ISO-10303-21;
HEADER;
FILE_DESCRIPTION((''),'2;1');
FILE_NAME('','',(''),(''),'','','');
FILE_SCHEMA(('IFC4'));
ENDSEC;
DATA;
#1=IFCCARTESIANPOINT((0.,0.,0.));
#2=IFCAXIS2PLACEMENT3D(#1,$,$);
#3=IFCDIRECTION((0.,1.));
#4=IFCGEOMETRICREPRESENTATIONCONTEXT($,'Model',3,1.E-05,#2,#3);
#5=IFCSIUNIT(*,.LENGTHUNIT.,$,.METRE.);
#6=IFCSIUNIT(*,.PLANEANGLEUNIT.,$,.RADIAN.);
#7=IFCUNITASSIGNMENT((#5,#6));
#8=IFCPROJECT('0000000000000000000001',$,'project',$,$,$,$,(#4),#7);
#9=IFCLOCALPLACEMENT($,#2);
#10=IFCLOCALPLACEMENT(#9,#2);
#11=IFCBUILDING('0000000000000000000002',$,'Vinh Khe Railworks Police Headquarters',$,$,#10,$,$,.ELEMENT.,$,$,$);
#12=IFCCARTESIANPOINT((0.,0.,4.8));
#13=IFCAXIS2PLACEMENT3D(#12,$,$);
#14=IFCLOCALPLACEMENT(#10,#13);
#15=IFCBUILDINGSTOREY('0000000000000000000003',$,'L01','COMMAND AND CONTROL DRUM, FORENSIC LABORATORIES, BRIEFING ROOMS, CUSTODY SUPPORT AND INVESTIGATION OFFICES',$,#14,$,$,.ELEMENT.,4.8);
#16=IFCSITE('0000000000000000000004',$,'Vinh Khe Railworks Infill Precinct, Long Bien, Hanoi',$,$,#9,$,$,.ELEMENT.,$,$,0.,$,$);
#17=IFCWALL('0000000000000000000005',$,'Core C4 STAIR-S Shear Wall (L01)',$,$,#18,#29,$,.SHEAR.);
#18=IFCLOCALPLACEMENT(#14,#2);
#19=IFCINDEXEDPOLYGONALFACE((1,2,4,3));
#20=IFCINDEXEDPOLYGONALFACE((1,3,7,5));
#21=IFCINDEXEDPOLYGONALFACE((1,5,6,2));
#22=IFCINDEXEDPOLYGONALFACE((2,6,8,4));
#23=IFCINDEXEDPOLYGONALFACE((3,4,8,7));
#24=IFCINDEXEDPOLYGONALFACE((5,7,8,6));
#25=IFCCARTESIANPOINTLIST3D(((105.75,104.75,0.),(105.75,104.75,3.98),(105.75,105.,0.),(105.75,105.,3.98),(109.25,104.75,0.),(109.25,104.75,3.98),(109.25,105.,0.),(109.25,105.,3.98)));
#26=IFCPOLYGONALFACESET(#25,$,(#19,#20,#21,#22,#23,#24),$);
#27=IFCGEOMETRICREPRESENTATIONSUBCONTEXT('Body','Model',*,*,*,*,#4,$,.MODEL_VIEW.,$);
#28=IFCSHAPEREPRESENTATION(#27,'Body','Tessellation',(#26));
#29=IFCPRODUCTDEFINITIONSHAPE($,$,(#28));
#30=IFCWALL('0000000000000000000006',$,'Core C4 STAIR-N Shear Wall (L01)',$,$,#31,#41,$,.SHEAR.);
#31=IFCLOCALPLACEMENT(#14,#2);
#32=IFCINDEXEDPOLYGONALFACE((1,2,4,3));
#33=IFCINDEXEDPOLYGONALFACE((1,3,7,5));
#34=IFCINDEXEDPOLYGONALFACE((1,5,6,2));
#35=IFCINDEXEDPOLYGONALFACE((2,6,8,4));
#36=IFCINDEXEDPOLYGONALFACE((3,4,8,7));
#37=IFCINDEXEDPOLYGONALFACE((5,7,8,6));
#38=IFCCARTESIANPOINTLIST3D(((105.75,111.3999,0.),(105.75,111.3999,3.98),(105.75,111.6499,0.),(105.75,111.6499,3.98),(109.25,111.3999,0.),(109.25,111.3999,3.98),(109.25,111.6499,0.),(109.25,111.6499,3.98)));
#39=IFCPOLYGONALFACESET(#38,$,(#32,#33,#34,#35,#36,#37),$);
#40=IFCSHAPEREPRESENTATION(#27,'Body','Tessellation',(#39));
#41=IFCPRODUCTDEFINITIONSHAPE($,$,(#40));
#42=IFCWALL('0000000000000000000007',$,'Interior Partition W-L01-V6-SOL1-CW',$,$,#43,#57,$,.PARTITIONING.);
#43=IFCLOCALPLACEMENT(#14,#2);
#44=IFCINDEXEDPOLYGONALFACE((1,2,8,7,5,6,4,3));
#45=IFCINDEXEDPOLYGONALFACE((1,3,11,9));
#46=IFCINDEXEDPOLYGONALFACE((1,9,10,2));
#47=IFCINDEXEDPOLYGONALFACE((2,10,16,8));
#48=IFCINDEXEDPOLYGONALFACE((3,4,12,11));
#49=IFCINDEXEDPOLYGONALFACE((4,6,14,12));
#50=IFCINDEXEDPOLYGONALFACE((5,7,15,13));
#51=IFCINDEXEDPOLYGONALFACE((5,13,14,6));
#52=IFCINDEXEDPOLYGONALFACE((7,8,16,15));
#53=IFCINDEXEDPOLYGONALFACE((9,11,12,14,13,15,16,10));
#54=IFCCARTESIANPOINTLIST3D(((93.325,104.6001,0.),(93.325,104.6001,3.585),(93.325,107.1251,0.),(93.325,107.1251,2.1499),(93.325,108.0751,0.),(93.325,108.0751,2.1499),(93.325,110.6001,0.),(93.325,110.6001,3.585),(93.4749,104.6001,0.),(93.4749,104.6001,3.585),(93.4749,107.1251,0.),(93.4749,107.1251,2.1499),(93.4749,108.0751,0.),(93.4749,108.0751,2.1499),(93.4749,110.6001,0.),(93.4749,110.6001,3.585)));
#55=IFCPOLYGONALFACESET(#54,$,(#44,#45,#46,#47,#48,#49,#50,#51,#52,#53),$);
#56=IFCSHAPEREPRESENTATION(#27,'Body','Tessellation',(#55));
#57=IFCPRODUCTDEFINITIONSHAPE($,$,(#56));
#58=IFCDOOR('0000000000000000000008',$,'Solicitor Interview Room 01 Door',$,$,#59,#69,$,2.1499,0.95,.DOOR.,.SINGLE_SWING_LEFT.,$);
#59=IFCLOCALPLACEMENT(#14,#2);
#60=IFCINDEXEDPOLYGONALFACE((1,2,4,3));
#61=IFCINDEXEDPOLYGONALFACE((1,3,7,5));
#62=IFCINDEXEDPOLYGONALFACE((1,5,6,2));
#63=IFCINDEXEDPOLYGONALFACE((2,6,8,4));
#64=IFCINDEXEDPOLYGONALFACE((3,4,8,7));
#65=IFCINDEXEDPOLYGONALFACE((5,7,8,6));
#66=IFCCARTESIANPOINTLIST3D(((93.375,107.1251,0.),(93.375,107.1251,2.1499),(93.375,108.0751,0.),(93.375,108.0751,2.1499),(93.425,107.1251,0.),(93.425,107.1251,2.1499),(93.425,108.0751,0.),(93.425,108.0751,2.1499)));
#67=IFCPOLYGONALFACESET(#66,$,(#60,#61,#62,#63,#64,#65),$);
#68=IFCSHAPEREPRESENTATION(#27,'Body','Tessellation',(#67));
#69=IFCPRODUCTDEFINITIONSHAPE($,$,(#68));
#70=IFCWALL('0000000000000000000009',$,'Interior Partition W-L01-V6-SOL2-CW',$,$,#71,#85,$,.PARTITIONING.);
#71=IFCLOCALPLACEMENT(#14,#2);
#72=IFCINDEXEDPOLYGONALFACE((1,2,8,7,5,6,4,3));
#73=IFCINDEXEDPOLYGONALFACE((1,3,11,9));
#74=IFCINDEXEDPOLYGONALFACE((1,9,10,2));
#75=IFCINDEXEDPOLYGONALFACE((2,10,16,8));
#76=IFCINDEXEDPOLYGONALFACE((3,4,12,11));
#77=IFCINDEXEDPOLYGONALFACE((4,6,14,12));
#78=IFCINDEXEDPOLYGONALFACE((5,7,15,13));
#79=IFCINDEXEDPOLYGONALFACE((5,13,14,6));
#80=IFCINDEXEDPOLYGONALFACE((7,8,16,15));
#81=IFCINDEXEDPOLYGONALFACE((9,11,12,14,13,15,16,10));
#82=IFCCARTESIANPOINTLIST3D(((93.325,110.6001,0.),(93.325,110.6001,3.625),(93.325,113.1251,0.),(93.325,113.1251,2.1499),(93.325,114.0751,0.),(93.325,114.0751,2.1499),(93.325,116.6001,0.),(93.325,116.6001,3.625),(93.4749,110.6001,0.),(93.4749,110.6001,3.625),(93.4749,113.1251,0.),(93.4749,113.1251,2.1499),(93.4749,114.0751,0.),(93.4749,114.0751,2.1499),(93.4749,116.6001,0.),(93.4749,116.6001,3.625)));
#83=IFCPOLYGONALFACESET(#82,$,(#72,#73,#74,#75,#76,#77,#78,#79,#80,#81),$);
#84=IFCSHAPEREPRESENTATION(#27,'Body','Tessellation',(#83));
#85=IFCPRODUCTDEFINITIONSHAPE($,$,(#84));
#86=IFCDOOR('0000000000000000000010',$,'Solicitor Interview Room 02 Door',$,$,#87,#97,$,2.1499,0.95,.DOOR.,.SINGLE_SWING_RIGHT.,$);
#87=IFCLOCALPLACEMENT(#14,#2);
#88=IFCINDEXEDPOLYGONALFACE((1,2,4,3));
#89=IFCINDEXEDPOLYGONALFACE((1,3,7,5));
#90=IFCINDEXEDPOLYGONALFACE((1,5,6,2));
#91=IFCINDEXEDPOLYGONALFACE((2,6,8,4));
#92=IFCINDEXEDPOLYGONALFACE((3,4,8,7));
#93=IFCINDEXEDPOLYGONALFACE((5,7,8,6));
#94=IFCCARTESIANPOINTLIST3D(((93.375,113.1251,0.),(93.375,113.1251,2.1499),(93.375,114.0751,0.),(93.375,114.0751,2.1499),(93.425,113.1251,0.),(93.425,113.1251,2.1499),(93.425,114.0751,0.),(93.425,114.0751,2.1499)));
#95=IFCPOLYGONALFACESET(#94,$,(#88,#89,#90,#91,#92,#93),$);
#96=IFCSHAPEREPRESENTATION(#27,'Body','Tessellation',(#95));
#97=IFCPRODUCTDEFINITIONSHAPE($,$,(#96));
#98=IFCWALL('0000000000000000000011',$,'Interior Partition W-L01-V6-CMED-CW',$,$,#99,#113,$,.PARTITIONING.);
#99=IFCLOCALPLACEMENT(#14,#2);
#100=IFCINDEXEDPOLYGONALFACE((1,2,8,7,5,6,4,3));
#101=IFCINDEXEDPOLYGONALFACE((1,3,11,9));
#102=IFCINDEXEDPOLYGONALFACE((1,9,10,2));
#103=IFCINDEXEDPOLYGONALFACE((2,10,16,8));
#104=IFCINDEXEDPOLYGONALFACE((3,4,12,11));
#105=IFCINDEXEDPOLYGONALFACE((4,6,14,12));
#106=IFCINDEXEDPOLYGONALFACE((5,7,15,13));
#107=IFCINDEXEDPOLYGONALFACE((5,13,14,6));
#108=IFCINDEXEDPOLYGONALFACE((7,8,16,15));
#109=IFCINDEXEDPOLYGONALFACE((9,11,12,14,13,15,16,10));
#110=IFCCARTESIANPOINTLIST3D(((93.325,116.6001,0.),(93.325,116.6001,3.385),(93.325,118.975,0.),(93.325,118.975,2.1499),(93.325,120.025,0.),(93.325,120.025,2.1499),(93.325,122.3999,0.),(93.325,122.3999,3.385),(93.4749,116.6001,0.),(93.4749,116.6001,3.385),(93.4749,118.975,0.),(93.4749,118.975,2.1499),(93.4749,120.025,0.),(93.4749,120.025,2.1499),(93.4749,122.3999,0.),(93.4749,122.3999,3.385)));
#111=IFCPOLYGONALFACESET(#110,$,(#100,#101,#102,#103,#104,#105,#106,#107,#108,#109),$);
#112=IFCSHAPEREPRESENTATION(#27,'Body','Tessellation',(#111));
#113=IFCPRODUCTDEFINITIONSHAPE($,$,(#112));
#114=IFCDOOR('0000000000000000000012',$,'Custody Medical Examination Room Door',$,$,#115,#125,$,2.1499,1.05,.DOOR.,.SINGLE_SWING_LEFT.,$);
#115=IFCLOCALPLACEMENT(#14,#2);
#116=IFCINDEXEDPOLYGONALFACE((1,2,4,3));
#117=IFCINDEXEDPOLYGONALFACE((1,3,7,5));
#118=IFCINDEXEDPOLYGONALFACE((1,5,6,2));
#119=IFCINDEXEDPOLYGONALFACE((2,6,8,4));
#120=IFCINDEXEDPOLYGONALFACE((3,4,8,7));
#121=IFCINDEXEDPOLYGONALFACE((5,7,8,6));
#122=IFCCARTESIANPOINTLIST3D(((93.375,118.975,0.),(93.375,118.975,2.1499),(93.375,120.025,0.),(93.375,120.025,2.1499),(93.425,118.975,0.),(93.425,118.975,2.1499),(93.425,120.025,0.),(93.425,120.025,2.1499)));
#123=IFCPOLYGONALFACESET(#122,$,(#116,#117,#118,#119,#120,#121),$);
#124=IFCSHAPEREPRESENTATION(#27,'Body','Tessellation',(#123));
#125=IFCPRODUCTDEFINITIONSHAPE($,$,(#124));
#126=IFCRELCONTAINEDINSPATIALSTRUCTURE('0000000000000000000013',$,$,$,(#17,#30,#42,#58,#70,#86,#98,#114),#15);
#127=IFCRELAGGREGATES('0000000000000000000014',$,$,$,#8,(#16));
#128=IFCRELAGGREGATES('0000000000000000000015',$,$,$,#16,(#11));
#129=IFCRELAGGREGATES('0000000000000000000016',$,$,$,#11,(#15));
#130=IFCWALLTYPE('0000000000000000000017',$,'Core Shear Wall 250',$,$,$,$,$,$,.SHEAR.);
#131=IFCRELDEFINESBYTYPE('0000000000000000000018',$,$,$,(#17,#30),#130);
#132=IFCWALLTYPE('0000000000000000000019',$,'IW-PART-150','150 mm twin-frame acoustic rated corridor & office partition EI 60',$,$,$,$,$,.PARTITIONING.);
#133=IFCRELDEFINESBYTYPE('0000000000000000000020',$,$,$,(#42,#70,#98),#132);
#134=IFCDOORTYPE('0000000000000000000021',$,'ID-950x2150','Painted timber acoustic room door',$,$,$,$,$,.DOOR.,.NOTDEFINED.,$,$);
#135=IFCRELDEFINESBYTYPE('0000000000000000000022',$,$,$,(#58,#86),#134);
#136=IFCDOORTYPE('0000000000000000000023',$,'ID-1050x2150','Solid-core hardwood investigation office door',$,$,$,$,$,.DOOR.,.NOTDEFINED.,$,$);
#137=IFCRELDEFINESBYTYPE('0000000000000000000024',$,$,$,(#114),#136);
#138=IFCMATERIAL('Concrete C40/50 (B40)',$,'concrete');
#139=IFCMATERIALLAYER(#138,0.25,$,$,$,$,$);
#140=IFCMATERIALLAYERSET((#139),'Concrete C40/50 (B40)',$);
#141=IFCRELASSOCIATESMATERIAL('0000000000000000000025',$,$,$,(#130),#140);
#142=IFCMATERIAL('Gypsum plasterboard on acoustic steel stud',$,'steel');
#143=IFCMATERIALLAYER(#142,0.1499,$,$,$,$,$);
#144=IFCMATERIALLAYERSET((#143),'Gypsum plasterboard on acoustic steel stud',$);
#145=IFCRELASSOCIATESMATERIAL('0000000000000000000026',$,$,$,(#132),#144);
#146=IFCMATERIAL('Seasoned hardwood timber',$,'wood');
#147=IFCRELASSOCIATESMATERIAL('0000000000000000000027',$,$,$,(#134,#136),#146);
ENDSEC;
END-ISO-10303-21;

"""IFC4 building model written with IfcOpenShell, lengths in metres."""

from ifc_helpers import new_model, si_unit, direction, frame, frame_2d, origin, place, context, subcontext, project, spatial, rectangle, extrude, material, layer, layer_set, type_object, element, fill, save


model = new_model("IFC4")

# Units and contexts
model_context = context("Model", 3, precision=1e-05, world=origin(), true_north=direction((0.0, 1.0)))
body_context = subcontext(model_context, "Body", "Model", "MODEL_VIEW")
ifc_project = project(units=[si_unit("LENGTHUNIT", "METRE"), si_unit("PLANEANGLEUNIT", "RADIAN")], contexts=[model_context])

# Site, building, storey
site_placement = place(None, origin())
site = spatial("IfcSite", under=ifc_project, at=site_placement, Name="Vinh Khe Railworks Infill Precinct, Long Bien, Hanoi", CompositionType="ELEMENT", RefElevation=0.0)
building_placement = place(site_placement, origin())
building = spatial("IfcBuilding", under=site, at=building_placement, Name="Vinh Khe Railworks Police Headquarters", CompositionType="ELEMENT")
storey_placement = place(building_placement, frame((0.0, 0.0, 4.8)))
storey = spatial("IfcBuildingStorey", under=building, at=storey_placement, Name="L01", Description="COMMAND AND CONTROL DRUM, FORENSIC LABORATORIES, BRIEFING ROOMS, CUSTODY SUPPORT AND INVESTIGATION OFFICES", CompositionType="ELEMENT", Elevation=4.8)

# Walls
ifc_material_1 = material(Name="Concrete C40/50 (B40)", Category="concrete")
ifc_layer_1 = layer(ifc_material_1, 0.25)
ifc_layer_set_1 = layer_set([ifc_layer_1], Name="Concrete C40/50 (B40)")
wall_type_1 = type_object("IfcWallType", Name="Core Shear Wall 250", PredefinedType="SHEAR", material=ifc_layer_set_1)
for number, where, z_axis, x_axis, name in (
    (1, (105.75, 104.875, 0.0), (0.0, 0.0, 1.0), (1.0, 0.0, 0.0), "Core C4 STAIR-S Shear Wall (L01)"),
    (2, (105.75, 111.5249, 0.0), (0.0, 0.0, 1.0), (1.0, 0.0, 0.0), "Core C4 STAIR-N Shear Wall (L01)"),
):
    element("IfcWall", number, at=place(storey_placement, frame(where, z_axis=z_axis, x_axis=x_axis)), inside=storey, type_object=wall_type_1, Name=name, PredefinedType="SHEAR", context=body_context, shape_type="SweptSolid", body=[
        extrude(rectangle(XDim=3.5, YDim=0.25, at=frame_2d((1.75, 0.0))), origin(), (0.0, 0.0, 1.0), 3.98),
    ])

# Walls, openings, doors
ifc_material_2 = material(Name="Gypsum plasterboard on acoustic steel stud", Category="steel")
ifc_layer_2 = layer(ifc_material_2, 0.1499)
ifc_layer_set_2 = layer_set([ifc_layer_2], Name="Gypsum plasterboard on acoustic steel stud")
wall_type_2 = type_object("IfcWallType", Name="IW-PART-150", Description="150 mm twin-frame acoustic rated corridor & office partition EI 60", PredefinedType="PARTITIONING", material=ifc_layer_set_2)
wall_1_placement = place(storey_placement, frame((93.3999, 104.6001, 0.0), z_axis=(0.0, 0.0, 1.0), x_axis=(0.0, 1.0, 0.0)))
wall_1 = element("IfcWall", 3, at=wall_1_placement, inside=storey, type_object=wall_type_2, Name="Interior Partition W-L01-V6-SOL1-CW", PredefinedType="PARTITIONING", context=body_context, shape_type="SweptSolid", body=[
    extrude(rectangle(XDim=6.0, YDim=0.1499, at=frame_2d((3.0, 0.0))), origin(), (0.0, 0.0, 1.0), 3.585),
])
opening_1_placement = place(wall_1_placement, frame((2.5249, 0.0, 0.0)))
opening_1 = element("IfcOpeningElement", 4, at=opening_1_placement, cuts=wall_1, PredefinedType="OPENING", context=body_context, shape_type="SweptSolid", body=[
    extrude(rectangle(XDim=0.95, YDim=2.1499, at=frame_2d((0.4751, 1.075))), frame((0.0, 0.0898, 0.0), z_axis=(0.0, -1.0, 0.0), x_axis=(1.0, 0.0, 0.0)), (0.0, 0.0, 1.0), 0.1797),
])
ifc_material_3 = material(Name="Seasoned hardwood timber", Category="wood")
door_type_1 = type_object("IfcDoorType", Name="ID-950x2150", Description="Painted timber acoustic room door", OperationType="NOTDEFINED", PredefinedType="DOOR", material=ifc_material_3)
door_1_placement = place(opening_1_placement, origin())
door_1 = element("IfcDoor", 5, at=door_1_placement, inside=storey, type_object=door_type_1, Name="Solicitor Interview Room 01 Door", OperationType="SINGLE_SWING_LEFT", OverallHeight=2.1499, OverallWidth=0.95, PredefinedType="DOOR", context=body_context, shape_type="SweptSolid", body=[
    extrude(rectangle(XDim=0.95, YDim=2.1499, at=frame_2d((0.4751, 1.075))), frame((0.0, 0.0249, 0.0), z_axis=(0.0, -1.0, 0.0), x_axis=(1.0, 0.0, 0.0)), (0.0, 0.0, 1.0), 0.05),
])
fill(opening_1, door_1)
wall_2_placement = place(storey_placement, frame((93.3999, 110.6001, 0.0), z_axis=(0.0, 0.0, 1.0), x_axis=(0.0, 1.0, 0.0)))
wall_2 = element("IfcWall", 6, at=wall_2_placement, inside=storey, type_object=wall_type_2, Name="Interior Partition W-L01-V6-SOL2-CW", PredefinedType="PARTITIONING", context=body_context, shape_type="SweptSolid", body=[
    extrude(rectangle(XDim=6.0, YDim=0.1499, at=frame_2d((3.0, 0.0))), origin(), (0.0, 0.0, 1.0), 3.625),
])
opening_2_placement = place(wall_2_placement, frame((2.5249, 0.0, 0.0)))
opening_2 = element("IfcOpeningElement", 7, at=opening_2_placement, cuts=wall_2, PredefinedType="OPENING", context=body_context, shape_type="SweptSolid", body=[
    extrude(rectangle(XDim=0.95, YDim=2.1499, at=frame_2d((0.4751, 1.075))), frame((0.0, 0.0898, 0.0), z_axis=(0.0, -1.0, 0.0), x_axis=(1.0, 0.0, 0.0)), (0.0, 0.0, 1.0), 0.1797),
])
door_2_placement = place(opening_2_placement, origin())
door_2 = element("IfcDoor", 8, at=door_2_placement, inside=storey, type_object=door_type_1, Name="Solicitor Interview Room 02 Door", OperationType="SINGLE_SWING_RIGHT", OverallHeight=2.1499, OverallWidth=0.95, PredefinedType="DOOR", context=body_context, shape_type="SweptSolid", body=[
    extrude(rectangle(XDim=0.95, YDim=2.1499, at=frame_2d((0.4751, 1.075))), frame((0.0, 0.0249, 0.0), z_axis=(0.0, -1.0, 0.0), x_axis=(1.0, 0.0, 0.0)), (0.0, 0.0, 1.0), 0.05),
])
fill(opening_2, door_2)
wall_3_placement = place(storey_placement, frame((93.3999, 116.6001, 0.0), z_axis=(0.0, 0.0, 1.0), x_axis=(0.0, 1.0, 0.0)))
wall_3 = element("IfcWall", 9, at=wall_3_placement, inside=storey, type_object=wall_type_2, Name="Interior Partition W-L01-V6-CMED-CW", PredefinedType="PARTITIONING", context=body_context, shape_type="SweptSolid", body=[
    extrude(rectangle(XDim=5.7998, YDim=0.1499, at=frame_2d((2.8999, 0.0))), origin(), (0.0, 0.0, 1.0), 3.385),
])
opening_3_placement = place(wall_3_placement, frame((2.375, 0.0, 0.0)))
opening_3 = element("IfcOpeningElement", 10, at=opening_3_placement, cuts=wall_3, PredefinedType="OPENING", context=body_context, shape_type="SweptSolid", body=[
    extrude(rectangle(XDim=1.05, YDim=2.1499, at=frame_2d((0.5249, 1.075))), frame((0.0, 0.0898, 0.0), z_axis=(0.0, -1.0, 0.0), x_axis=(1.0, 0.0, 0.0)), (0.0, 0.0, 1.0), 0.1797),
])
door_type_2 = type_object("IfcDoorType", Name="ID-1050x2150", Description="Solid-core hardwood investigation office door", OperationType="NOTDEFINED", PredefinedType="DOOR", material=ifc_material_3)
door_3_placement = place(opening_3_placement, origin())
door_3 = element("IfcDoor", 11, at=door_3_placement, inside=storey, type_object=door_type_2, Name="Custody Medical Examination Room Door", OperationType="SINGLE_SWING_LEFT", OverallHeight=2.1499, OverallWidth=1.05, PredefinedType="DOOR", context=body_context, shape_type="SweptSolid", body=[
    extrude(rectangle(XDim=1.05, YDim=2.1499, at=frame_2d((0.5249, 1.075))), frame((0.0, 0.0249, 0.0), z_axis=(0.0, -1.0, 0.0), x_axis=(1.0, 0.0, 0.0)), (0.0, 0.0, 1.0), 0.05),
])
fill(opening_3, door_3)

save(model, "model.ifc")
